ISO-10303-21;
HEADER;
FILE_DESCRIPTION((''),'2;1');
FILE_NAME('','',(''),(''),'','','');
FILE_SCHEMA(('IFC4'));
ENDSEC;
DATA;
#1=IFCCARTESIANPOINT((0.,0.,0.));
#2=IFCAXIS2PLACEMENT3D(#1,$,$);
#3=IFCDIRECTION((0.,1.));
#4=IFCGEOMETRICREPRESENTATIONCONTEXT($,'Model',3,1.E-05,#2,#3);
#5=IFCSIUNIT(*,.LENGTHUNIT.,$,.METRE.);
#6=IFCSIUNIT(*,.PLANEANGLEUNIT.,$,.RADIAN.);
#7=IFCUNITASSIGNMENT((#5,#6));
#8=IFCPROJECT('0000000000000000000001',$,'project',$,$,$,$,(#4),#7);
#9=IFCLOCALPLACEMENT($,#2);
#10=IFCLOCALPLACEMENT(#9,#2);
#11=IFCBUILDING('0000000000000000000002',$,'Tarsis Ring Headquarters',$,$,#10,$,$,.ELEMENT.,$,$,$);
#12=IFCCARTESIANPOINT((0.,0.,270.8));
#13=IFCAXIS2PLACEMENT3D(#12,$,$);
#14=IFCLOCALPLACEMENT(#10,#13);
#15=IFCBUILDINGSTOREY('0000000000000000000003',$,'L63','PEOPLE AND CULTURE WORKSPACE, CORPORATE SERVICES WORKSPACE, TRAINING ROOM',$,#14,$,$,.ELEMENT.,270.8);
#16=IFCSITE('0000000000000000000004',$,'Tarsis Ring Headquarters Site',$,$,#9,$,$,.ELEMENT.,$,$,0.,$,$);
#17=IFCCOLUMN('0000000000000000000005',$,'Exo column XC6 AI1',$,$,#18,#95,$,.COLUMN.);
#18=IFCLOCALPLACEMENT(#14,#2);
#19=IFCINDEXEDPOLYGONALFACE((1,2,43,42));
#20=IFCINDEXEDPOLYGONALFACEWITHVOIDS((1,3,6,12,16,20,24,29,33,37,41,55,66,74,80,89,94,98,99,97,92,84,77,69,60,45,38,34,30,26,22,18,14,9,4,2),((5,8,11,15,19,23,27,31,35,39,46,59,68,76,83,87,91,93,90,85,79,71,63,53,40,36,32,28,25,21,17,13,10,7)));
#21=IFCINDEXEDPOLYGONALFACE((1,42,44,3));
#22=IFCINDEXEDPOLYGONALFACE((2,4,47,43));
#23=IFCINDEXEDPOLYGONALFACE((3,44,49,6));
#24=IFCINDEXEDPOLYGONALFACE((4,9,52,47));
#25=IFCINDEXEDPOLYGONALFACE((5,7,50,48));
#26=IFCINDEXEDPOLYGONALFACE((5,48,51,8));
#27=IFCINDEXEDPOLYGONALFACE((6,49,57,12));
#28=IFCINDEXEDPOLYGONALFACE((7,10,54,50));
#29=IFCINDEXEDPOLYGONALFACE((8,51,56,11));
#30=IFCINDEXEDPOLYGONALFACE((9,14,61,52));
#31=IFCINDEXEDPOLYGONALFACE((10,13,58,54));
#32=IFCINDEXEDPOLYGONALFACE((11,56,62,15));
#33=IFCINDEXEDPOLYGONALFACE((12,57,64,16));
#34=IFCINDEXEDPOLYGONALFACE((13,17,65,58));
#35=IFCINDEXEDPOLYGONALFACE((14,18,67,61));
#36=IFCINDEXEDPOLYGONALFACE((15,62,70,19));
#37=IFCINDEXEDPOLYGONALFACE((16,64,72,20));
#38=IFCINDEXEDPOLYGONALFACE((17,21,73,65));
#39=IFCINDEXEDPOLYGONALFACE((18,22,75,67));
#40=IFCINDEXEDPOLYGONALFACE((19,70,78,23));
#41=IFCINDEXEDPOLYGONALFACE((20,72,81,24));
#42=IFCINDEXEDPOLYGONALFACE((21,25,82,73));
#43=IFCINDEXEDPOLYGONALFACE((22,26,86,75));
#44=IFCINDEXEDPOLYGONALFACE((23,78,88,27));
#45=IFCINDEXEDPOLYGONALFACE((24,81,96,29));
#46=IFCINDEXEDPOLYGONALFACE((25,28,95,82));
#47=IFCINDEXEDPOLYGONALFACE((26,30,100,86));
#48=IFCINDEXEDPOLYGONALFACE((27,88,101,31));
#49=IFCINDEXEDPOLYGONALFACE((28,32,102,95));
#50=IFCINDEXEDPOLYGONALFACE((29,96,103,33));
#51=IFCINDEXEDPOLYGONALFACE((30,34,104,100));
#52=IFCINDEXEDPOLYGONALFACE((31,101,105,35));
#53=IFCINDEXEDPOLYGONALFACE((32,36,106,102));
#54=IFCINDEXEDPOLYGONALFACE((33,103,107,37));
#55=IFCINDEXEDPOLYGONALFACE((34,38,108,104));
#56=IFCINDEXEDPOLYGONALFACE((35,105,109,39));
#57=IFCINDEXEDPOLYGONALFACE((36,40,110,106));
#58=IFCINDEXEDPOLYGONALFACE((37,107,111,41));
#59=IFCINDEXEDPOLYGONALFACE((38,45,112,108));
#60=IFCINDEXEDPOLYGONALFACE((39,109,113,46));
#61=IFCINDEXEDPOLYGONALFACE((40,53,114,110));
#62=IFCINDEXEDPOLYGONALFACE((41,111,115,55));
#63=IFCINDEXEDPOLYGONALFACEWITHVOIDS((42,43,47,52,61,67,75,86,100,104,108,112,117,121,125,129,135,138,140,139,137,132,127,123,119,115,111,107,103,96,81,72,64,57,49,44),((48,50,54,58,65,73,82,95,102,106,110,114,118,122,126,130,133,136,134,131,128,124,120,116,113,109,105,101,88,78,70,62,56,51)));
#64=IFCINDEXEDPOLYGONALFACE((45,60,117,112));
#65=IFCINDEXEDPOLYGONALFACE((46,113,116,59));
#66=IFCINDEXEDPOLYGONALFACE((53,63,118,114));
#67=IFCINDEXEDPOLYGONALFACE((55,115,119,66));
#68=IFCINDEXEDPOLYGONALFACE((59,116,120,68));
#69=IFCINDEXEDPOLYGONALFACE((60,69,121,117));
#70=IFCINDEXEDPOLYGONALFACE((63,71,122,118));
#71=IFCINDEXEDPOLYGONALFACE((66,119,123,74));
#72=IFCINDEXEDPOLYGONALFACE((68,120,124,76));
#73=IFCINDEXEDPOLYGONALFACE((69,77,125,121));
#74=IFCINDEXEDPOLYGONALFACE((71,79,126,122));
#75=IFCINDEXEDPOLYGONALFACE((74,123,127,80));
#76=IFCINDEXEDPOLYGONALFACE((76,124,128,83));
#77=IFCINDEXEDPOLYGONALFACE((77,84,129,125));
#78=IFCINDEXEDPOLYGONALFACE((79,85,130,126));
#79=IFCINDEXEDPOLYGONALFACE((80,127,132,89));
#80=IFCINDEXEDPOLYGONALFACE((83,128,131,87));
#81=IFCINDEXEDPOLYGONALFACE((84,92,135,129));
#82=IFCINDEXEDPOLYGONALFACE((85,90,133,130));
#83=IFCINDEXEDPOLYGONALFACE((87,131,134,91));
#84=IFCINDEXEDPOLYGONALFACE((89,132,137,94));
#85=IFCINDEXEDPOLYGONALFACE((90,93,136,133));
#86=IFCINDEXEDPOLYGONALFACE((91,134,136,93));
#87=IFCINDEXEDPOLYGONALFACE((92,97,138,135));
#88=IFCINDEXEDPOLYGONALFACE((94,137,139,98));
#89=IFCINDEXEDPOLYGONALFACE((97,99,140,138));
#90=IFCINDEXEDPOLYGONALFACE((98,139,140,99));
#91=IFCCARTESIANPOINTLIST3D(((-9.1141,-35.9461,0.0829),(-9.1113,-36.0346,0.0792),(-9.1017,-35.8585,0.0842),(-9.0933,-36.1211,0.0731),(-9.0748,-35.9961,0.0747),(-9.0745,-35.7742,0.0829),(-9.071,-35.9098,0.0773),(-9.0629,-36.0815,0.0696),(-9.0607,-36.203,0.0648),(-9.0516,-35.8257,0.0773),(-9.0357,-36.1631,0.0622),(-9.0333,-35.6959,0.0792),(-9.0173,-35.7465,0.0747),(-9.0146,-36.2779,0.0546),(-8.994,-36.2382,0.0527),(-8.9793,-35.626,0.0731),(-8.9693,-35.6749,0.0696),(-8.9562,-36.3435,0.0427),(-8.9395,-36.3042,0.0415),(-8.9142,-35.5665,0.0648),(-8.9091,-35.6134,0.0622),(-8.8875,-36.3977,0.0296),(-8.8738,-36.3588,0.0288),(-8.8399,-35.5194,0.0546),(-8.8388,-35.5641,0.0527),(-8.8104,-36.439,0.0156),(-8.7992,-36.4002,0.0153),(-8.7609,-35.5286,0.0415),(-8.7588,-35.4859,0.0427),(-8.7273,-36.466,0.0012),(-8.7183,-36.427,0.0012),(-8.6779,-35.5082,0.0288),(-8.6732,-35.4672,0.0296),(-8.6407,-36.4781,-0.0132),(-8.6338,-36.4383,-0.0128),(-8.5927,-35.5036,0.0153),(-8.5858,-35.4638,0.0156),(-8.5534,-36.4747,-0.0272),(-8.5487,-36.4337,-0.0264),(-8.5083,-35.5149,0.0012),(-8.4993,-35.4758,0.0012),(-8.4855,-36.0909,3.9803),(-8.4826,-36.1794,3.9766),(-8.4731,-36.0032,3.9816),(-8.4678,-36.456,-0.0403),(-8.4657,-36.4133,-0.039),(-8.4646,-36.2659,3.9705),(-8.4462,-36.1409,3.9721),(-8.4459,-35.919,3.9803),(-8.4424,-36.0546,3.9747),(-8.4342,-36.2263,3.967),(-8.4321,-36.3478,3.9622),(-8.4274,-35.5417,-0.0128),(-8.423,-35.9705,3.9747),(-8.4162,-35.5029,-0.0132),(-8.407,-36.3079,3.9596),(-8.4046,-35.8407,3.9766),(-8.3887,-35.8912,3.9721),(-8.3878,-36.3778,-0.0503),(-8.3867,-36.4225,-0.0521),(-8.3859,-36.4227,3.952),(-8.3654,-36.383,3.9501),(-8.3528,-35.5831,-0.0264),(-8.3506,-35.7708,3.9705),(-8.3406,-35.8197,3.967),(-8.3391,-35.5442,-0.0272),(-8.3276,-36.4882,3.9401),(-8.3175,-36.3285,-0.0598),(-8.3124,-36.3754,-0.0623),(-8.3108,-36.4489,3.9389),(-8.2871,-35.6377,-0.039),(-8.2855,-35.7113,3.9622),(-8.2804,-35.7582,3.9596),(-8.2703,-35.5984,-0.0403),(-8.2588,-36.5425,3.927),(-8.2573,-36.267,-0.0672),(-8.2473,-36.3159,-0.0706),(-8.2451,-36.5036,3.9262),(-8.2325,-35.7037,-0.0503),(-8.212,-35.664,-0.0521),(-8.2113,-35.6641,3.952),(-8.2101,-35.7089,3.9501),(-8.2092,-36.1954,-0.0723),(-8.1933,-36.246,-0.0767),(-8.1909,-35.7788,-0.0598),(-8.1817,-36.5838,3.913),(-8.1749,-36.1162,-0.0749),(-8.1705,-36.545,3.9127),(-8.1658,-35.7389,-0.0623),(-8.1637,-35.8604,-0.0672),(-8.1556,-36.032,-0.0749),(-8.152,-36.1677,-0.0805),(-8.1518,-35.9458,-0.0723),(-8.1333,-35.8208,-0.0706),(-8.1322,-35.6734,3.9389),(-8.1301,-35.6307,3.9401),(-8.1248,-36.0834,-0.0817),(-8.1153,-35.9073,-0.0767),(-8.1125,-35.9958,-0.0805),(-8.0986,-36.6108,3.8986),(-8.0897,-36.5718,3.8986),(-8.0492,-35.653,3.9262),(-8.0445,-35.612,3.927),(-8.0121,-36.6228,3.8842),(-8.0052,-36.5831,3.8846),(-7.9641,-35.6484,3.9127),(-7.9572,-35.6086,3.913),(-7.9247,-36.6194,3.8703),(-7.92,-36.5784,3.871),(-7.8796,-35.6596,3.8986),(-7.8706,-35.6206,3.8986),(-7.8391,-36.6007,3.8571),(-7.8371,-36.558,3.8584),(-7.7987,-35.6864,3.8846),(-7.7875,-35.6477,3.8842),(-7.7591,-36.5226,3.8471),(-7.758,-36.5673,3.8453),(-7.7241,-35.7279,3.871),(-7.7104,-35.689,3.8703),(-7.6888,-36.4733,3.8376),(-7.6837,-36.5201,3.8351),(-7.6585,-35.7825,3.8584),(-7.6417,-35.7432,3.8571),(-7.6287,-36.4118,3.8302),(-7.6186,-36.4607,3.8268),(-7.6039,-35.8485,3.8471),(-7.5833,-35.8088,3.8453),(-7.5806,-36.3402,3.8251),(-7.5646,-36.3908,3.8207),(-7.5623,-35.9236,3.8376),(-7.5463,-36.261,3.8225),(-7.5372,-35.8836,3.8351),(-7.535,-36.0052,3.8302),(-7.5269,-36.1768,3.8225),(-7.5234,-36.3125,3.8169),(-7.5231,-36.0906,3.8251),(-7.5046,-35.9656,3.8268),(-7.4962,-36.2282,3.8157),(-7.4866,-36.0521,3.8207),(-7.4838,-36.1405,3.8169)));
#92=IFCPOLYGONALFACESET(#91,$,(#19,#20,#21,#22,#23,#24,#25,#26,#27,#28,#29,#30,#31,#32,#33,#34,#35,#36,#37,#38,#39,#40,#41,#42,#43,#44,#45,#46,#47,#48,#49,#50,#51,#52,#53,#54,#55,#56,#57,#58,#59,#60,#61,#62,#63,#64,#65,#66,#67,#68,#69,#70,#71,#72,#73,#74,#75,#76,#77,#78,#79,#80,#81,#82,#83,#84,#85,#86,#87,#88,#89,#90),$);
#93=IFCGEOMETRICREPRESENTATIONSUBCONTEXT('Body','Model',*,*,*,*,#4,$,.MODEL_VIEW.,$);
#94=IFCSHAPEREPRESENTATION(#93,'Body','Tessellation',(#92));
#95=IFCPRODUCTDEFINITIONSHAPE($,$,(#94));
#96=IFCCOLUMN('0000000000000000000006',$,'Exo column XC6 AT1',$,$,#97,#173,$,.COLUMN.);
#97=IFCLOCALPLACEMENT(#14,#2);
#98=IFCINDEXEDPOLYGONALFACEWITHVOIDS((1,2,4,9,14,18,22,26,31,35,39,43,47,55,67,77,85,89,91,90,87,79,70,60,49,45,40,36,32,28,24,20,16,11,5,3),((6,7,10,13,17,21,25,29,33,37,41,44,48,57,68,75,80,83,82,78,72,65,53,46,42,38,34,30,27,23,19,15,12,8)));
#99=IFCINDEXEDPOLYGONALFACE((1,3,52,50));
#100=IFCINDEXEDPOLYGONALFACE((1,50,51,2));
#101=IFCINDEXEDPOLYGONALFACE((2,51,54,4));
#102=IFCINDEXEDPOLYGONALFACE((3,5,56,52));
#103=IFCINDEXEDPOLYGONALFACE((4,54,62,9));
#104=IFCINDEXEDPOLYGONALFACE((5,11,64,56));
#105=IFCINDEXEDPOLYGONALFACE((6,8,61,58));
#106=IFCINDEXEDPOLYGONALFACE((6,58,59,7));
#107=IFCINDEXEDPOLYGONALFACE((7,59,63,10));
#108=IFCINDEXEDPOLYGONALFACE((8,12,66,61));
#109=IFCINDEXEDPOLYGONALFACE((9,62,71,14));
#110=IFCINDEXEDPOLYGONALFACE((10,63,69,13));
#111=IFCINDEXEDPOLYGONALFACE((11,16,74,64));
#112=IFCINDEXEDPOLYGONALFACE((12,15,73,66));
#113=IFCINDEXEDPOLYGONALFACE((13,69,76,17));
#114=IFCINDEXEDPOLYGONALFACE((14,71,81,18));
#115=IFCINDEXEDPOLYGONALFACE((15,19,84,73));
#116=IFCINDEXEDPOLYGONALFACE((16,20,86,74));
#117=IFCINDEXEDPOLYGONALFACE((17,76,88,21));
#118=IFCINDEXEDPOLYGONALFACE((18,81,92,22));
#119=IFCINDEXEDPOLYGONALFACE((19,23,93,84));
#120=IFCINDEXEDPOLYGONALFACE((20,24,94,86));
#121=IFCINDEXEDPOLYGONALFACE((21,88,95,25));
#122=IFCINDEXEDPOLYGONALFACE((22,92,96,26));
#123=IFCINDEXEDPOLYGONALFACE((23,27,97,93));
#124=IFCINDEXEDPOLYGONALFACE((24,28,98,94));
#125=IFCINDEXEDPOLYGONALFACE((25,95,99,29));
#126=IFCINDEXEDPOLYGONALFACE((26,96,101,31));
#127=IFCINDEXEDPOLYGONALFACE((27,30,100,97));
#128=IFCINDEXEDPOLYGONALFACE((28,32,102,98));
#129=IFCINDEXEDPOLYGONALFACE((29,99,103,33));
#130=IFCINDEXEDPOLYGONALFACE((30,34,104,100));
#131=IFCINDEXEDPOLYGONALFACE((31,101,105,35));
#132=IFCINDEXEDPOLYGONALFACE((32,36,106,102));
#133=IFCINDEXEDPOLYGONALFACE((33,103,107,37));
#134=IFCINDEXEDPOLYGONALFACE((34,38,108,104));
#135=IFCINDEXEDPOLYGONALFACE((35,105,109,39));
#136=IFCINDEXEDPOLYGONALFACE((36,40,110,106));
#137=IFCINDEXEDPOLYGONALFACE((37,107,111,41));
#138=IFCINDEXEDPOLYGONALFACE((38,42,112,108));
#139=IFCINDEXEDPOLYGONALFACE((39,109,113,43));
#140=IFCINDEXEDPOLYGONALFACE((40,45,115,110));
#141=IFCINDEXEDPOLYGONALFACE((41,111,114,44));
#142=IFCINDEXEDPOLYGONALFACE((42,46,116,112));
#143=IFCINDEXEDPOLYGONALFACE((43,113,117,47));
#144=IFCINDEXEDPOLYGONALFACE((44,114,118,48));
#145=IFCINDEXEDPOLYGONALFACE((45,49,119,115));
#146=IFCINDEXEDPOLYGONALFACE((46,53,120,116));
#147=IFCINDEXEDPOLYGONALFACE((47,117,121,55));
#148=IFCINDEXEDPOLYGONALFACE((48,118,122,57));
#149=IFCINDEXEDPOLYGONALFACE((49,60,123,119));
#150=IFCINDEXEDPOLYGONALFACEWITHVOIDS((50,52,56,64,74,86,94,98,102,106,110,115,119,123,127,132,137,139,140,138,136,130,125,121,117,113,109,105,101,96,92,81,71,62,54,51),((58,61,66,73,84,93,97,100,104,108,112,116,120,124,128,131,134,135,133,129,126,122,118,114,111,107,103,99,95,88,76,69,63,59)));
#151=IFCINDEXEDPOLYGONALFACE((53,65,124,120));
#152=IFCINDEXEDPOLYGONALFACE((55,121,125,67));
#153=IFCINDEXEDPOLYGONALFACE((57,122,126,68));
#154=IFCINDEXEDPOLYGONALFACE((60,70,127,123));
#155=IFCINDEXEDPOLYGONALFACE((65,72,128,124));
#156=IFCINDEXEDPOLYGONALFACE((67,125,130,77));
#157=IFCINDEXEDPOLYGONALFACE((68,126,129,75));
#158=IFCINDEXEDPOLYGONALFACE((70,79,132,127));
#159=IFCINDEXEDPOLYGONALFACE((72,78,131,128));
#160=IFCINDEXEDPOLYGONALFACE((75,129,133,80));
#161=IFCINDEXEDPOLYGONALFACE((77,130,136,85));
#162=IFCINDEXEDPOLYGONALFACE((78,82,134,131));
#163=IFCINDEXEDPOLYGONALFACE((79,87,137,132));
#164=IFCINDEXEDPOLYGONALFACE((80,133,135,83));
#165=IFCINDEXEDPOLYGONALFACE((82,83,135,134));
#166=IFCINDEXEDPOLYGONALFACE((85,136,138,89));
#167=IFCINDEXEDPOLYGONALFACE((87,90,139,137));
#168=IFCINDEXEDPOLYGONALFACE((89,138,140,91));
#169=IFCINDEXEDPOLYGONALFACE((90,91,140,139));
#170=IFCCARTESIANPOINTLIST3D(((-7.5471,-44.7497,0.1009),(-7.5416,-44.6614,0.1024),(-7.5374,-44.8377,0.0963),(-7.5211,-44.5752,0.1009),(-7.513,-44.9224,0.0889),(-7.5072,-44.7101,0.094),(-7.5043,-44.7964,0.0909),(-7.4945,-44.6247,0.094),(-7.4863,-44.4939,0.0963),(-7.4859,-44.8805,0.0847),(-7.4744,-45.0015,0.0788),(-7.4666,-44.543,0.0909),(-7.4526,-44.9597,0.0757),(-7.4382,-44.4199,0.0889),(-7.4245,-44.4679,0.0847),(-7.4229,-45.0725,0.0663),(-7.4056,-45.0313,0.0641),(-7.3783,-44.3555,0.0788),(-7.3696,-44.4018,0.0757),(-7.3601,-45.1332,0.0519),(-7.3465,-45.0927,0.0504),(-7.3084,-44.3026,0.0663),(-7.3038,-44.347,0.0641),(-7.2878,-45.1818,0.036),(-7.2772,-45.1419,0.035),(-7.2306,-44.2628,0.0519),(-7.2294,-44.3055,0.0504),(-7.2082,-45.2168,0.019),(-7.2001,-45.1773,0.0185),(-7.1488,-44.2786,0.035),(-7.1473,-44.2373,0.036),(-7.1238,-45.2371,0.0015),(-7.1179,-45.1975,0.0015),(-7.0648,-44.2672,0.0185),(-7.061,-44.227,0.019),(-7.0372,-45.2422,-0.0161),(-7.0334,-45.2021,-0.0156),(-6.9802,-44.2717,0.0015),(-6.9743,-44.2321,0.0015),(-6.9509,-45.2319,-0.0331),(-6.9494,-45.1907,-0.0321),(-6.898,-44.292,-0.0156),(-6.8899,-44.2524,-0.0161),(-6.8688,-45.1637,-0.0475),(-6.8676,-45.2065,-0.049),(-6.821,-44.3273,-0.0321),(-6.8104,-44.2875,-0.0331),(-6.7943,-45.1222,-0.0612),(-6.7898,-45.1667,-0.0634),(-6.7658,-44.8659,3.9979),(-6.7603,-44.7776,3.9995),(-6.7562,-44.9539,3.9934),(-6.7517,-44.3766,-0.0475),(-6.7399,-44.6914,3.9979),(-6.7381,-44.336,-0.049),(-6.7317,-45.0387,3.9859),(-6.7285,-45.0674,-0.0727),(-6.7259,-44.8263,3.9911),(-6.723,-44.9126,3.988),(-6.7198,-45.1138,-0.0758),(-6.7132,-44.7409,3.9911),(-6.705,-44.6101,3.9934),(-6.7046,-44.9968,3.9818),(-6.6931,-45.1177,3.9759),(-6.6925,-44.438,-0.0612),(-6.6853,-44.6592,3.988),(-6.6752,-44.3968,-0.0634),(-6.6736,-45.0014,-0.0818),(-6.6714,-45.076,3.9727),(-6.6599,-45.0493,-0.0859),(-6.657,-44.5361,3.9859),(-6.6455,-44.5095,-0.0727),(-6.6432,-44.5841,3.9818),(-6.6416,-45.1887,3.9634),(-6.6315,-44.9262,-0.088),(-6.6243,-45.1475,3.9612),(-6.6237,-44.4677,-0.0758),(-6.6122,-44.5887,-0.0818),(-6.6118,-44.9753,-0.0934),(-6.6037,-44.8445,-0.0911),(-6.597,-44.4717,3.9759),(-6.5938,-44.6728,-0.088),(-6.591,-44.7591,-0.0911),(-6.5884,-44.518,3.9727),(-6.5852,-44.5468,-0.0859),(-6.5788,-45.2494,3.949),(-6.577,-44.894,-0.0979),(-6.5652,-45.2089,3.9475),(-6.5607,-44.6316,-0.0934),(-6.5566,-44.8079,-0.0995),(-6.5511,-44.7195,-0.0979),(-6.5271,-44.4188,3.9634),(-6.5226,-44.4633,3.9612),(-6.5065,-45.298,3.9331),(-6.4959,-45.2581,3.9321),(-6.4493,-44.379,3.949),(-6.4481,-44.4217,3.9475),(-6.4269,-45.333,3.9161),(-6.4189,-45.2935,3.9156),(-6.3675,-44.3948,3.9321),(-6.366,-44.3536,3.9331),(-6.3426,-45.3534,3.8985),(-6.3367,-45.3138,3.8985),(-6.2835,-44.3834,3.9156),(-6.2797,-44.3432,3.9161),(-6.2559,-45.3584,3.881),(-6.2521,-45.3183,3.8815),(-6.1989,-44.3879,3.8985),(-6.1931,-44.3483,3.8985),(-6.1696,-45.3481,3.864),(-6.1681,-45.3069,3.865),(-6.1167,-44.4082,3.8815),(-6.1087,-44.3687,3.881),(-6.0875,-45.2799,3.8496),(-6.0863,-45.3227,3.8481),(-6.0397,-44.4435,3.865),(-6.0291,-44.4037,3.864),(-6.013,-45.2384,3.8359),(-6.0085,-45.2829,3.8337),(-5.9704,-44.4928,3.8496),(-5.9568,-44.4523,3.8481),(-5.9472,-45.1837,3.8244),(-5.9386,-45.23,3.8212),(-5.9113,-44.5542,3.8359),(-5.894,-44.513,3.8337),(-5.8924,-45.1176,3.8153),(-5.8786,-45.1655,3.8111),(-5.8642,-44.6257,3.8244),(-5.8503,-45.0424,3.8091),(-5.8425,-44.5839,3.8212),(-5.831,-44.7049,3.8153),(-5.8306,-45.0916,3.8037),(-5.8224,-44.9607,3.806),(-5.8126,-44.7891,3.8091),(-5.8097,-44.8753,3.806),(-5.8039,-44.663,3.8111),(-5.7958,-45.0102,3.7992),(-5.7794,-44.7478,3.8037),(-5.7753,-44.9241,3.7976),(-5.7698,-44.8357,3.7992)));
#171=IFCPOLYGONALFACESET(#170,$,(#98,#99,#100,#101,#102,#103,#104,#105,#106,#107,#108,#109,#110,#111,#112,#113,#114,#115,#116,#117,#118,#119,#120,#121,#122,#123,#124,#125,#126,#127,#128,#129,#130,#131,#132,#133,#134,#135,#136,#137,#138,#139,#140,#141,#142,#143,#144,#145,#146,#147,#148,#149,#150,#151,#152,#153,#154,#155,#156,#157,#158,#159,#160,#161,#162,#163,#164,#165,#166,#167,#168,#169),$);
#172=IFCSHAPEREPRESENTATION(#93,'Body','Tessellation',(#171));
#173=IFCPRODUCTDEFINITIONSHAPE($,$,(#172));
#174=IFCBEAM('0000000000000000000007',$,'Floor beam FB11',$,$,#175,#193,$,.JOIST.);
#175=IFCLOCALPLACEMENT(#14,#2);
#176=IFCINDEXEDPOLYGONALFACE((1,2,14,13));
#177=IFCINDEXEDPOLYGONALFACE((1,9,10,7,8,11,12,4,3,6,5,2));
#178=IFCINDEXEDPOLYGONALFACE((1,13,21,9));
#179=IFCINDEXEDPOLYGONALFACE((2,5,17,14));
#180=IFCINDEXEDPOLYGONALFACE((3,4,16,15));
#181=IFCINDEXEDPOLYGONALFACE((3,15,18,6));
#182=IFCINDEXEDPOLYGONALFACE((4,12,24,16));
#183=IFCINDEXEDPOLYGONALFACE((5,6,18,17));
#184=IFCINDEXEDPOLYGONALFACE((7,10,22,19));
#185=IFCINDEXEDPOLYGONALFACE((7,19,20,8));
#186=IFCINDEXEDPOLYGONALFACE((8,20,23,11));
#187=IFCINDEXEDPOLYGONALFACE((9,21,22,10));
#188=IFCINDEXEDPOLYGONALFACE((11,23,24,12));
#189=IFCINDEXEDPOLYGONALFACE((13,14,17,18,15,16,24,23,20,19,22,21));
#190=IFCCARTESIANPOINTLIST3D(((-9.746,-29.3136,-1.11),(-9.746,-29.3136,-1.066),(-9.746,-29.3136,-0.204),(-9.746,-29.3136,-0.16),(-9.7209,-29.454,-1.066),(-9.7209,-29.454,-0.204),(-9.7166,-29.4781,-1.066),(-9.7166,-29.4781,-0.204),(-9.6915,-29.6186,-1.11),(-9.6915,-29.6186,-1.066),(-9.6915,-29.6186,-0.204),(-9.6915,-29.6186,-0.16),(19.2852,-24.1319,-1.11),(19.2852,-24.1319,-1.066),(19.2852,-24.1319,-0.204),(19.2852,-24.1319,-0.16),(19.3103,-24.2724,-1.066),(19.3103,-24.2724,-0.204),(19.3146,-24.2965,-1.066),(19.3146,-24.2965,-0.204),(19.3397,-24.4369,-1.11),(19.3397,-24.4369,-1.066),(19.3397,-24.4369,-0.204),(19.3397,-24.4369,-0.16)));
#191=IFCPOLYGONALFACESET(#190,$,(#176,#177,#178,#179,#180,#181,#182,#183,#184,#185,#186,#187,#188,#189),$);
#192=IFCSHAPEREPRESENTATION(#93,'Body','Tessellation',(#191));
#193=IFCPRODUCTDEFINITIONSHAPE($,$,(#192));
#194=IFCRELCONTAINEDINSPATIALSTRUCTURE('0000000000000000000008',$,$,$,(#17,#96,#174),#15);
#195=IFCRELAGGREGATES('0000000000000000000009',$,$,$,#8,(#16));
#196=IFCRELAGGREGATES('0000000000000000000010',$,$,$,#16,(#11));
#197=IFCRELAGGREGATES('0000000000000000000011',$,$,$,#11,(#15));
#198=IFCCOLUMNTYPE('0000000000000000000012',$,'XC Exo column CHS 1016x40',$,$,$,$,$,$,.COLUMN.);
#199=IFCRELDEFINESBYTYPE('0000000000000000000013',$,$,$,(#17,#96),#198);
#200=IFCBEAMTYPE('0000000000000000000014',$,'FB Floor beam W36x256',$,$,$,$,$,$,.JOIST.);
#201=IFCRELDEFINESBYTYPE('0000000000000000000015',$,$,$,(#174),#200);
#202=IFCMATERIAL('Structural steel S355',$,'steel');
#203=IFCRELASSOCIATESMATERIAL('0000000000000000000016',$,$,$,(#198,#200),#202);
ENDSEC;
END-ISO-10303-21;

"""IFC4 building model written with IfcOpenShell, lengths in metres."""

from ifc_helpers import new_model, si_unit, direction, frame, origin, origin_2d, place, context, subcontext, project, spatial, hollow_circle, i_section, extrude, material, material_profile, profile_set, type_object, element, save


model = new_model("IFC4")

# Units and contexts
model_context = context("Model", 3, precision=1e-05, world=origin(), true_north=direction((0.0, 1.0)))
body_context = subcontext(model_context, "Body", "Model", "MODEL_VIEW")
ifc_project = project(units=[si_unit("LENGTHUNIT", "METRE"), si_unit("PLANEANGLEUNIT", "RADIAN")], contexts=[model_context])

# Site, building, storey
site_placement = place(None, origin())
site = spatial("IfcSite", under=ifc_project, at=site_placement, Name="Tarsis Ring Headquarters Site", CompositionType="ELEMENT", RefElevation=0.0)
building_placement = place(site_placement, origin())
building = spatial("IfcBuilding", under=site, at=building_placement, Name="Tarsis Ring Headquarters", CompositionType="ELEMENT")
storey_placement = place(building_placement, frame((0.0, 0.0, 270.8)))
storey = spatial("IfcBuildingStorey", under=building, at=storey_placement, Name="L63", Description="PEOPLE AND CULTURE WORKSPACE, CORPORATE SERVICES WORKSPACE, TRAINING ROOM", CompositionType="ELEMENT", Elevation=270.8)

# Columns
ifc_material_1 = material(Name="Structural steel S355", Category="steel")
ifc_material_profile_1 = material_profile(ifc_material_1, hollow_circle(Radius=0.5081, WallThickness=0.04, at=origin_2d()), Name="CHS 1016x40")
ifc_profile_set_1 = profile_set([ifc_material_profile_1], Name="Structural steel S355")
column_type = type_object("IfcColumnType", Name="XC Exo column CHS 1016x40", PredefinedType="COLUMN", material=ifc_profile_set_1)
column_1_placement = place(storey_placement, frame((-8.6133, -35.9709, 0.0012), z_axis=(0.159135, -0.036647, 0.986576), x_axis=(0.224417, 0.974493, 0.0)))
element("IfcColumn", 1, at=column_1_placement, inside=storey, type_object=column_type, Name="Exo column XC6 AI1", PredefinedType="COLUMN", context=body_context, shape_type="SweptSolid", body=[
    extrude(hollow_circle(Radius=0.5081, WallThickness=0.04, at=origin_2d()), origin(), (0.0, 0.0, 1.0), 3.9504),
])
column_2_placement = place(storey_placement, frame((-7.0491, -44.7346, 0.0015), z_axis=(0.196481, -0.029227, 0.980072), x_axis=(0.147131, 0.989117, 0.0)))
element("IfcColumn", 2, at=column_2_placement, inside=storey, type_object=column_type, Name="Exo column XC6 AT1", PredefinedType="COLUMN", context=body_context, shape_type="SweptSolid", body=[
    extrude(hollow_circle(Radius=0.5081, WallThickness=0.04, at=origin_2d()), origin(), (0.0, 0.0, 1.0), 3.9763),
])

# Beam
ifc_material_profile_2 = material_profile(ifc_material_1, i_section(OverallWidth=0.3098, OverallDepth=0.95, WebThickness=0.0244, FlangeThickness=0.0439, at=origin_2d()), Name="W36x256")
ifc_profile_set_2 = profile_set([ifc_material_profile_2], Name="Structural steel S355")
beam_type_1 = type_object("IfcBeamType", Name="FB Floor beam W36x256", PredefinedType="JOIST", material=ifc_profile_set_2)
for number, where, z_axis, x_axis, name in (
    (3, (-9.7188, -29.4661, -0.635), (0.984442, 0.175708, 0.0), (-0.175708, 0.984442, 0.0), "Floor beam FB11"),
):
    element("IfcBeam", number, at=place(storey_placement, frame(where, z_axis=z_axis, x_axis=x_axis)), inside=storey, type_object=beam_type_1, Name=name, PredefinedType="JOIST", context=body_context, shape_type="SweptSolid", body=[
        extrude(i_section(OverallWidth=0.3098, OverallDepth=0.95, WebThickness=0.0244, FlangeThickness=0.0439, at=origin_2d()), origin(), (0.0, 0.0, 1.0), 29.49),
    ])

save(model, "model.ifc")
